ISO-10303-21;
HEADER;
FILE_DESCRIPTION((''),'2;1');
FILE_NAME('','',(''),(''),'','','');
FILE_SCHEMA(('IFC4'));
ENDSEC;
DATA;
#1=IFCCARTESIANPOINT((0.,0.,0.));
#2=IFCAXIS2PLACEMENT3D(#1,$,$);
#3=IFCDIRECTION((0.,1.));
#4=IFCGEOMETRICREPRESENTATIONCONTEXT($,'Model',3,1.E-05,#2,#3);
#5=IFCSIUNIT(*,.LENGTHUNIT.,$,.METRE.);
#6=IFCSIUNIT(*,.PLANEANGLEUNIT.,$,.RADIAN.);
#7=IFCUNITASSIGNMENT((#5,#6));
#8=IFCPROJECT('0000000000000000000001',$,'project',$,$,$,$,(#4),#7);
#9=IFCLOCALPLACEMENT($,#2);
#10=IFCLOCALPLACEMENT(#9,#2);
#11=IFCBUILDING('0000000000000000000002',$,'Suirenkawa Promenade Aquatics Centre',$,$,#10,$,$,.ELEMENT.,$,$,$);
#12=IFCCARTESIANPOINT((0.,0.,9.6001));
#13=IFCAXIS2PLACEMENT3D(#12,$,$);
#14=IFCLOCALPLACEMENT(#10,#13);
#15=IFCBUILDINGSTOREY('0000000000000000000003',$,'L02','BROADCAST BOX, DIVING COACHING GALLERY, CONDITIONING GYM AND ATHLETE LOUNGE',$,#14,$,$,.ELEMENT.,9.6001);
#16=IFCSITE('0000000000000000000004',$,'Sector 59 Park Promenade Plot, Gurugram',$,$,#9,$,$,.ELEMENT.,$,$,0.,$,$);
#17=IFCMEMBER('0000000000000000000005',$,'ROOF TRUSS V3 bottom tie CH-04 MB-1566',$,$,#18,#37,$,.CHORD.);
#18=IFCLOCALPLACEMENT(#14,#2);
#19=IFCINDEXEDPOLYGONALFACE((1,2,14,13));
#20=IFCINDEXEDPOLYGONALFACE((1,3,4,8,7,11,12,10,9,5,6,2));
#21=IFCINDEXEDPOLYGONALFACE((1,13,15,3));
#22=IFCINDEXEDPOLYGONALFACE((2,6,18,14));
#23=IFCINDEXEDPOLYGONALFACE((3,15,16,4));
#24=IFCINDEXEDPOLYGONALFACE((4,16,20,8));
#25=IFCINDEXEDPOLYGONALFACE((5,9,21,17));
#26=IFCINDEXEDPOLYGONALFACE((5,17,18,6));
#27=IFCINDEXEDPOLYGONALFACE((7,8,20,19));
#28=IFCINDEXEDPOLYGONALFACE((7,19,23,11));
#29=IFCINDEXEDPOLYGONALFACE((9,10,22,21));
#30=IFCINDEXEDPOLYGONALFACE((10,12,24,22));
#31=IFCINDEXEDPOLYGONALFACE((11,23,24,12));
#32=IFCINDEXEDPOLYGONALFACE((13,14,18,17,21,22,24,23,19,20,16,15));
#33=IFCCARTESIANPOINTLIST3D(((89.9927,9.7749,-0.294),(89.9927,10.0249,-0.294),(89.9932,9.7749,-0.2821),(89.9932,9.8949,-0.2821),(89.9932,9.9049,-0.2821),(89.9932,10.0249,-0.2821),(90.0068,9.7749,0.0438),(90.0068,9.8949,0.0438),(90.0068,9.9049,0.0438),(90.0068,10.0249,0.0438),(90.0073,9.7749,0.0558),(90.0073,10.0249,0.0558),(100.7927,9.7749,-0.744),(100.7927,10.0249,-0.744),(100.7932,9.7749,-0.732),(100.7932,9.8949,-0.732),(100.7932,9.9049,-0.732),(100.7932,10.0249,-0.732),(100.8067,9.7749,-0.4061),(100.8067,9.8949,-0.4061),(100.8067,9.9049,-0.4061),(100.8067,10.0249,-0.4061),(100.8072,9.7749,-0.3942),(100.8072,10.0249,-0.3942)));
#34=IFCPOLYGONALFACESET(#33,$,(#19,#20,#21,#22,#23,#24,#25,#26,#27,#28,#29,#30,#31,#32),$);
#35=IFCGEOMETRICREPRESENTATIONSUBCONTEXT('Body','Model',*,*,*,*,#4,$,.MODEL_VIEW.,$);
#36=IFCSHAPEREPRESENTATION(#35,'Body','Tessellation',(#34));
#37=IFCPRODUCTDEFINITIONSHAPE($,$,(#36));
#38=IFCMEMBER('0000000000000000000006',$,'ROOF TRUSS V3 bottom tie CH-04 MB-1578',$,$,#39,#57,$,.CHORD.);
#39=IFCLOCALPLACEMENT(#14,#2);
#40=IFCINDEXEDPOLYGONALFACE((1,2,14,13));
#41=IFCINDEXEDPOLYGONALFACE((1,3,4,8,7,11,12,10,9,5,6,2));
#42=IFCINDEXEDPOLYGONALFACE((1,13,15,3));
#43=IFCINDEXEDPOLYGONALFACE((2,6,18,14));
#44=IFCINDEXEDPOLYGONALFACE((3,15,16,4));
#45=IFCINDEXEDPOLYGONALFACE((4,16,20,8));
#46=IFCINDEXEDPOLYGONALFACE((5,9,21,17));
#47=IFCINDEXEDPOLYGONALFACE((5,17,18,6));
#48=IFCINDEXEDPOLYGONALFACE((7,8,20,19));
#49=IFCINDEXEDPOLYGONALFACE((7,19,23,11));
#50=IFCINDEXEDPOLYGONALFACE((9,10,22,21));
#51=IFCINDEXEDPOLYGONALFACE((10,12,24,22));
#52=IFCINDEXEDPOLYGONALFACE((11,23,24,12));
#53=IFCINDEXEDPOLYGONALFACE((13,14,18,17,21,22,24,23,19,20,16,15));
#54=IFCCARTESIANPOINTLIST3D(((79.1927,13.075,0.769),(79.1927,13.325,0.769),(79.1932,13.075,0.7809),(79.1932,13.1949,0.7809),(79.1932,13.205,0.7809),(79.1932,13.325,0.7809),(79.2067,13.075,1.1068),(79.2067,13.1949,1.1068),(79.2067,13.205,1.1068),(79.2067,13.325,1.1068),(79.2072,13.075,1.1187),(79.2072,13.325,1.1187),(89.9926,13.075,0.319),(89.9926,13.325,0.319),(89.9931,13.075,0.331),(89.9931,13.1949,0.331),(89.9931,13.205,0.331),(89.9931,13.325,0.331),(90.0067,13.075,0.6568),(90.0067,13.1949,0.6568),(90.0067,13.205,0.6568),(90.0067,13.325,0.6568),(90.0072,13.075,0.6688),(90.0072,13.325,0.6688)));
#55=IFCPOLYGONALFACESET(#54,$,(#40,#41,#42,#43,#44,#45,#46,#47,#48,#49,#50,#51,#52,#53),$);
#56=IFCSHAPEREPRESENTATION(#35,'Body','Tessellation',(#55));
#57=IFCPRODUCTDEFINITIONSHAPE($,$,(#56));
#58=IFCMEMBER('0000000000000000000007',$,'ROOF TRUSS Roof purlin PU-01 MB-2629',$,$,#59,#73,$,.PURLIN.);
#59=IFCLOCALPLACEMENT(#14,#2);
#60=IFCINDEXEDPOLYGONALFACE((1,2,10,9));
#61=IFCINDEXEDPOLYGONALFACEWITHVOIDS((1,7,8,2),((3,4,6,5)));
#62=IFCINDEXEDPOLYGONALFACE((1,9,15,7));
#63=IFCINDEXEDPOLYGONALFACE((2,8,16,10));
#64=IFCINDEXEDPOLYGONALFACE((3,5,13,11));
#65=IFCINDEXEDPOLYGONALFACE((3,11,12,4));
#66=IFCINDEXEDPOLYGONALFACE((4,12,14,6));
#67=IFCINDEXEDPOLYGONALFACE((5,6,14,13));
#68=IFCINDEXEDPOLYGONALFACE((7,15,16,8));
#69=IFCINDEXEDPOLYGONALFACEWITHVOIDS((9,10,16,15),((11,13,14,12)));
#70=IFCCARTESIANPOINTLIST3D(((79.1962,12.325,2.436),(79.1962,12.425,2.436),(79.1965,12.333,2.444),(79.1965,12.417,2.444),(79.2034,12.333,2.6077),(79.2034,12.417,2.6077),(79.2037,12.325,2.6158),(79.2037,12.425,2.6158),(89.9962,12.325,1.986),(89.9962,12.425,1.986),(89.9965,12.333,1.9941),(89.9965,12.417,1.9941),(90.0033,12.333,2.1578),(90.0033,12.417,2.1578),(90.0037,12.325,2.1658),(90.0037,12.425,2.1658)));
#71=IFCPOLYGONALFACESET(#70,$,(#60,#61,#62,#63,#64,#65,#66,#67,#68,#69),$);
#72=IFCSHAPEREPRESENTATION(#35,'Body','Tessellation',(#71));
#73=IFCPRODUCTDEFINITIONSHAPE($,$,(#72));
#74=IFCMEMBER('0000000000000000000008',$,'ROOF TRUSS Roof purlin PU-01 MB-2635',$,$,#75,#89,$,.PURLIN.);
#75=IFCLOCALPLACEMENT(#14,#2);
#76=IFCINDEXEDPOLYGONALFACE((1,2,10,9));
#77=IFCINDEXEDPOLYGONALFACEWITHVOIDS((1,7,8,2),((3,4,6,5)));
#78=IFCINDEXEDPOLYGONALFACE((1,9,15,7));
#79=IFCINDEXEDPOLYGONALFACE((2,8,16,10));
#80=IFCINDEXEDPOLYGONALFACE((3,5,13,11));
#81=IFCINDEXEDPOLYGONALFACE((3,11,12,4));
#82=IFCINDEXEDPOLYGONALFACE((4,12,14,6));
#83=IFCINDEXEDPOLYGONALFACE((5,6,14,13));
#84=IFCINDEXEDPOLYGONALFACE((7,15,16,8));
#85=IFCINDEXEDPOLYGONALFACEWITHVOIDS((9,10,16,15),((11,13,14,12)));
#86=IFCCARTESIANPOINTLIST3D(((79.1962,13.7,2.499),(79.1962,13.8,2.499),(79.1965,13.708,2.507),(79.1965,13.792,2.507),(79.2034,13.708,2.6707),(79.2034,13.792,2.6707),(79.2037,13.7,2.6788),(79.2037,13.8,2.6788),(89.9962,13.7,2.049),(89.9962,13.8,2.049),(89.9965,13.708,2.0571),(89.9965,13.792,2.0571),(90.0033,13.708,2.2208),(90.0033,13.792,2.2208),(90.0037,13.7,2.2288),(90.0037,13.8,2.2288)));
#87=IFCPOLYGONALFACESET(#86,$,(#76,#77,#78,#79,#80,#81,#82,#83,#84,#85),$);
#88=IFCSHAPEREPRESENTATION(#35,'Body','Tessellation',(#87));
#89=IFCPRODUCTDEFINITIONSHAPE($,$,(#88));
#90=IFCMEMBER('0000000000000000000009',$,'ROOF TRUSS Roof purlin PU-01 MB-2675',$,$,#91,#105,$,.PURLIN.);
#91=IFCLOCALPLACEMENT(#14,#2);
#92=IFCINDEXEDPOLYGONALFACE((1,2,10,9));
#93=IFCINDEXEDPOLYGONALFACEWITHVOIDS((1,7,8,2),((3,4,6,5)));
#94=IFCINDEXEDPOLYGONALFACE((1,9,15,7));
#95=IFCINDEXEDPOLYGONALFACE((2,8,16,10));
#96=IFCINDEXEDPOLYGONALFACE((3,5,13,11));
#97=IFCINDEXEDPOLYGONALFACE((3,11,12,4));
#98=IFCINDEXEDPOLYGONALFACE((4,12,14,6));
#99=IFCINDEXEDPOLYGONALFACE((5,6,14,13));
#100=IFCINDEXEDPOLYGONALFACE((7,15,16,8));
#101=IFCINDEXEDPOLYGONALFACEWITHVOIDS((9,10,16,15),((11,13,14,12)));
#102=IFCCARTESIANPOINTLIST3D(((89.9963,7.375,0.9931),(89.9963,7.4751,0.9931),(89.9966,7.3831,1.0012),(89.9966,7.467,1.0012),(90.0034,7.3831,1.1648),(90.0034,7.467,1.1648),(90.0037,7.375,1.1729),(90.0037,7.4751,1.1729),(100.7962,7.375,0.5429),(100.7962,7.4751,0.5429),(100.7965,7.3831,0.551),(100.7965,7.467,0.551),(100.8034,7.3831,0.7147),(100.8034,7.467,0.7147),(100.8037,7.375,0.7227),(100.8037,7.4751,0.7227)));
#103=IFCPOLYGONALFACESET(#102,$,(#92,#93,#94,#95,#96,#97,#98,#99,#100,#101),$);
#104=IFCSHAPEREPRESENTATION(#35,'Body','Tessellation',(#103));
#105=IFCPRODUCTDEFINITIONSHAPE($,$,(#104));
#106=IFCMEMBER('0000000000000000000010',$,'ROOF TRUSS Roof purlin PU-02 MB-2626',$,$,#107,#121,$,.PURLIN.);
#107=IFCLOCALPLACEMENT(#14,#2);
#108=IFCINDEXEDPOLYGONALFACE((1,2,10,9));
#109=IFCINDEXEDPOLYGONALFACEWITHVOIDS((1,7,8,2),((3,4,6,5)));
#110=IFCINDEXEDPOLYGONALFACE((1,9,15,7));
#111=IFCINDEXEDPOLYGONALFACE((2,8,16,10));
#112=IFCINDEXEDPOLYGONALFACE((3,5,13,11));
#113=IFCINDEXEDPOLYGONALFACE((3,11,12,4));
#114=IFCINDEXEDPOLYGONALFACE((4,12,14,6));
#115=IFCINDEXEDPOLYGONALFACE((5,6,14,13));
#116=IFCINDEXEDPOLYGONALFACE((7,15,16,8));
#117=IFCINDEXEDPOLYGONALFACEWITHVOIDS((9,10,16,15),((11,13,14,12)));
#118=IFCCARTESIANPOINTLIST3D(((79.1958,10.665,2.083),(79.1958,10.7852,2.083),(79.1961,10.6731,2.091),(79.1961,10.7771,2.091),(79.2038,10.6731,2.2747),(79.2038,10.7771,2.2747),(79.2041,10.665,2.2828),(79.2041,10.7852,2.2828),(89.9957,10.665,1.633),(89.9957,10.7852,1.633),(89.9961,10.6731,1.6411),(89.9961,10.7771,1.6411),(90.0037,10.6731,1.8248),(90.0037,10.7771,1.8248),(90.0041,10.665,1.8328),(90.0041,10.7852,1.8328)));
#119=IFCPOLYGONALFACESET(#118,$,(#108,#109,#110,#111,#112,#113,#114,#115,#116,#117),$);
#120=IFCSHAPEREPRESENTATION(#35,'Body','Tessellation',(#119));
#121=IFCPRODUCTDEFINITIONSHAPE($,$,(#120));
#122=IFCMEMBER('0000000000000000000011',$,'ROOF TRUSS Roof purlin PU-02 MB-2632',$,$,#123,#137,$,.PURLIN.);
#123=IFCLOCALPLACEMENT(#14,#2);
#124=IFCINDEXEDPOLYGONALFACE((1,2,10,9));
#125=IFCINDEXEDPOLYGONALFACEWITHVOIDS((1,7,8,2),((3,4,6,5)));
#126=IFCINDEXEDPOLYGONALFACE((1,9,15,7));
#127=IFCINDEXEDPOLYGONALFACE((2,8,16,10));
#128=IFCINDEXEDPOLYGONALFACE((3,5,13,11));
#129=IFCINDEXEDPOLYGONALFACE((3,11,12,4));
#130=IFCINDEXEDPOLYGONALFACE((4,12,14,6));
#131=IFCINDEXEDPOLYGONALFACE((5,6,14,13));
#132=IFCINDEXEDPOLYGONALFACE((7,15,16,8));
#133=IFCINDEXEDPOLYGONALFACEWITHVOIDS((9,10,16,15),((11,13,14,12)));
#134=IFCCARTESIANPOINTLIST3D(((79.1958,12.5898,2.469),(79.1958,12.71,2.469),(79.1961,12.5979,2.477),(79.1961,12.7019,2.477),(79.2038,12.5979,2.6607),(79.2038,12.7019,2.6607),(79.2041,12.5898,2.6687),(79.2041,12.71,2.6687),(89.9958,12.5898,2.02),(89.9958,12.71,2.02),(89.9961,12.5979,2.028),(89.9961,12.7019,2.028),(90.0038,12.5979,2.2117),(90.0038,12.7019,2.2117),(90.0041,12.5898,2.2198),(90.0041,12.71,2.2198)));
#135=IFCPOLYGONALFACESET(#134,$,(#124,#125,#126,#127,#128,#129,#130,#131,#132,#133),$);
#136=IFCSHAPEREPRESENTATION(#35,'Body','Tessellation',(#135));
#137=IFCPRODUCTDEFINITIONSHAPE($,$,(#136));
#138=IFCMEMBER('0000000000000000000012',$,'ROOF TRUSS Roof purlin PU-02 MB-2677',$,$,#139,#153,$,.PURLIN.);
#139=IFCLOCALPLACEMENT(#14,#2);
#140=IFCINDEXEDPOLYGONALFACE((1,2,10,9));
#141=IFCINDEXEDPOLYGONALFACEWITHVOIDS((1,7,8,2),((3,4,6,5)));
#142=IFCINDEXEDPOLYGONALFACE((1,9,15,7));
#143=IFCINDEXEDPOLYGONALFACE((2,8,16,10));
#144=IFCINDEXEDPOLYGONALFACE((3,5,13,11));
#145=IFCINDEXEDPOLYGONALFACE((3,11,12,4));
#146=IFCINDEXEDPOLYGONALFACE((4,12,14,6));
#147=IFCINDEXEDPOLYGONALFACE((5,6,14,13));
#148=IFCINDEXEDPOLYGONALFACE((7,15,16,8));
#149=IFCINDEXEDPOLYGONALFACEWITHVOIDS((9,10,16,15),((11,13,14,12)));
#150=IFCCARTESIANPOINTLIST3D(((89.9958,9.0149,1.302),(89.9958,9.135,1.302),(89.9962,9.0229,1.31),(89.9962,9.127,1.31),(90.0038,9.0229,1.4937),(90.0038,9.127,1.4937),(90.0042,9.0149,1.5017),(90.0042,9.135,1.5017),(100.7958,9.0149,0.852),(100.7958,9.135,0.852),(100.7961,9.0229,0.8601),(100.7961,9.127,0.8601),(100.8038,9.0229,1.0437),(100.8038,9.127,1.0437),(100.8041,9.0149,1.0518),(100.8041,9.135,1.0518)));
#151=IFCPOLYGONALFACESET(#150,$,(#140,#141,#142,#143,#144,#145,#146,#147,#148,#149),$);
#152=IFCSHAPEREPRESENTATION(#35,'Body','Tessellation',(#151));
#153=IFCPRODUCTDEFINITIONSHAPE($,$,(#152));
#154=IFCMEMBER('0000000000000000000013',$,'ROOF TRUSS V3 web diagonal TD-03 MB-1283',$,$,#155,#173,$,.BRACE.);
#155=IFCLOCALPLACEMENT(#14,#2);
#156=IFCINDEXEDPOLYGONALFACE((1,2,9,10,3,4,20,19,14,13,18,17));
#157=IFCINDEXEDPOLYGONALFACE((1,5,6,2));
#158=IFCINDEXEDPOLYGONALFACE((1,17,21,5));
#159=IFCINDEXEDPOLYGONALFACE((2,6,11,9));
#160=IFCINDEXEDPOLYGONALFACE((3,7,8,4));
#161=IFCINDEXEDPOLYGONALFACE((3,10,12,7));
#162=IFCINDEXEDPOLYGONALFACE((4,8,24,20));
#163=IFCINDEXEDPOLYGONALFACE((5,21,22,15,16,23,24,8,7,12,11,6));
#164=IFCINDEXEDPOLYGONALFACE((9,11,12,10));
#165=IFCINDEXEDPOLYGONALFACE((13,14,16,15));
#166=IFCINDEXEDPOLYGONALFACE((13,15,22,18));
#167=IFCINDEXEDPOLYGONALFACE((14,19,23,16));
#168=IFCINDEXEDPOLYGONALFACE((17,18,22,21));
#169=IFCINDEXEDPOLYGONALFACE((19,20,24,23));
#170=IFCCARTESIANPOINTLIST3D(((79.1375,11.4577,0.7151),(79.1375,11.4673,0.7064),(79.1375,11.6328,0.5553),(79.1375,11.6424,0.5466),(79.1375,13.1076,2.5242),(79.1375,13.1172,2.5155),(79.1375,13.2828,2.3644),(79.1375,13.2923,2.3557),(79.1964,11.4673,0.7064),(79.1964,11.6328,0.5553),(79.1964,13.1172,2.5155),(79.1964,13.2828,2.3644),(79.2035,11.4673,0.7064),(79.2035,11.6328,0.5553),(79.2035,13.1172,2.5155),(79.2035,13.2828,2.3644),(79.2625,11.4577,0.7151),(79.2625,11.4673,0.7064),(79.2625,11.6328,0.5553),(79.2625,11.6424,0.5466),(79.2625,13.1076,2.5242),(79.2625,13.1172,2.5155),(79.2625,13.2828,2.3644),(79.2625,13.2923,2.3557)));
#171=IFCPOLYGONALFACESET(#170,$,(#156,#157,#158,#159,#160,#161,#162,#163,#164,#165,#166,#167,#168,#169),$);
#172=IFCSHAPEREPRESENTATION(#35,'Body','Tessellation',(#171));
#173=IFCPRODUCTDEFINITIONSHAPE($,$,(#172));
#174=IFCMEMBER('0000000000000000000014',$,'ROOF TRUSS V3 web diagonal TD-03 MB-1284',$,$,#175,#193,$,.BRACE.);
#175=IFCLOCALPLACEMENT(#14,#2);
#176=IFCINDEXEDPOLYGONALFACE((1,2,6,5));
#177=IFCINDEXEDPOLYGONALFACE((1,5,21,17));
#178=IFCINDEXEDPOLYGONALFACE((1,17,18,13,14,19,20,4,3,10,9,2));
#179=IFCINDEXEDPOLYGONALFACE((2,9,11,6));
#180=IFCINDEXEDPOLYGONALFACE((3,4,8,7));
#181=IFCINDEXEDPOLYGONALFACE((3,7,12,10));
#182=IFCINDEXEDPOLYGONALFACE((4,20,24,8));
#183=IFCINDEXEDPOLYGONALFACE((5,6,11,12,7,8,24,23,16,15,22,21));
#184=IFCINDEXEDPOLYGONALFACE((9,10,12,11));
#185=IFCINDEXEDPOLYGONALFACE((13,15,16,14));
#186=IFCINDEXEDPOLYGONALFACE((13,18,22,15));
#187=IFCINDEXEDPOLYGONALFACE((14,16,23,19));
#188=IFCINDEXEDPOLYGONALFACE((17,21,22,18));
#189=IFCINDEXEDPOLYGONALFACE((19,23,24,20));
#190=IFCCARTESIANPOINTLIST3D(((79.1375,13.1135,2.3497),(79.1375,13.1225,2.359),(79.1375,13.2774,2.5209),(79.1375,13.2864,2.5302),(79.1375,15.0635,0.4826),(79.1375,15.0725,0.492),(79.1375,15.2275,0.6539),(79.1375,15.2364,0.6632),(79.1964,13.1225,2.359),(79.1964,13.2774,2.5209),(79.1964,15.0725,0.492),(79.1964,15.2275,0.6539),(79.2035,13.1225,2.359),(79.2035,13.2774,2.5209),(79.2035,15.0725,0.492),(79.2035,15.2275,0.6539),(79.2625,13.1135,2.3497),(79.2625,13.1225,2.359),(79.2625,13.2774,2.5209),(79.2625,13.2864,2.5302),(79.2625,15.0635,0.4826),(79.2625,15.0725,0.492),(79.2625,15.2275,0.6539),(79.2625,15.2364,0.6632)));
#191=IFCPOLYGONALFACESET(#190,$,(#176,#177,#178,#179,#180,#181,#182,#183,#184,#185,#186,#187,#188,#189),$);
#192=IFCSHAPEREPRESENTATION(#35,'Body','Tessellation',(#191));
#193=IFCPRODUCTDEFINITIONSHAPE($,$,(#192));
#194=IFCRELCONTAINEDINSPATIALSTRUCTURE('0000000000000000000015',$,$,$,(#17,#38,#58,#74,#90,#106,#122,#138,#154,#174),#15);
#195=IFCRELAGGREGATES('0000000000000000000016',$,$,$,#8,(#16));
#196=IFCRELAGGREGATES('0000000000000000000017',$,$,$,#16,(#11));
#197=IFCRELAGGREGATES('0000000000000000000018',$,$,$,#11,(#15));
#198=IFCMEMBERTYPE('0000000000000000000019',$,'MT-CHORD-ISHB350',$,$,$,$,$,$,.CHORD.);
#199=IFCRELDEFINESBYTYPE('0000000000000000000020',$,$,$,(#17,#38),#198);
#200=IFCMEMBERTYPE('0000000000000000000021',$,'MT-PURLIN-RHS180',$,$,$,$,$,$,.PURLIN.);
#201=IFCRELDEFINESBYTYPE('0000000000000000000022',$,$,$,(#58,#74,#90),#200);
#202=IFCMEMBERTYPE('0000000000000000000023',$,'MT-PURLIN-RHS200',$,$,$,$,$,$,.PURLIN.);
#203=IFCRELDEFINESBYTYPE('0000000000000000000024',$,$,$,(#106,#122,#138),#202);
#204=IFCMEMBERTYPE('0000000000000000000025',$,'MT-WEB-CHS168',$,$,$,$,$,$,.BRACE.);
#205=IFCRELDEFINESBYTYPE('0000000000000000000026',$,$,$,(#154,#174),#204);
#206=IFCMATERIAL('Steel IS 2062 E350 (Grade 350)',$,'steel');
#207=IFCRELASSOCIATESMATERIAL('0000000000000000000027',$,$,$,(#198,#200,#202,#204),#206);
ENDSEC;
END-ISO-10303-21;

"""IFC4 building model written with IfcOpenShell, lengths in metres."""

from ifc_helpers import new_model, si_unit, direction, frame, origin, origin_2d, place, context, subcontext, project, spatial, hollow_rectangle, i_section, extrude, material, material_profile, profile_set, type_object, element, save


model = new_model("IFC4")

# Units and contexts
model_context = context("Model", 3, precision=1e-05, world=origin(), true_north=direction((0.0, 1.0)))
body_context = subcontext(model_context, "Body", "Model", "MODEL_VIEW")
ifc_project = project(units=[si_unit("LENGTHUNIT", "METRE"), si_unit("PLANEANGLEUNIT", "RADIAN")], contexts=[model_context])

# Site, building, storey
site_placement = place(None, origin())
site = spatial("IfcSite", under=ifc_project, at=site_placement, Name="Sector 59 Park Promenade Plot, Gurugram", CompositionType="ELEMENT", RefElevation=0.0)
building_placement = place(site_placement, origin())
building = spatial("IfcBuilding", under=site, at=building_placement, Name="Suirenkawa Promenade Aquatics Centre", CompositionType="ELEMENT")
storey_placement = place(building_placement, frame((0.0, 0.0, 9.6001)))
storey = spatial("IfcBuildingStorey", under=building, at=storey_placement, Name="L02", Description="BROADCAST BOX, DIVING COACHING GALLERY, CONDITIONING GYM AND ATHLETE LOUNGE", CompositionType="ELEMENT", Elevation=9.6001)

# Shared definitions
ifc_material_1 = material(Name="Steel IS 2062 E350 (Grade 350)", Category="steel")

# Members
ifc_material_profile_1 = material_profile(ifc_material_1, i_section(OverallWidth=0.25, OverallDepth=0.3501, WebThickness=0.01, FlangeThickness=0.012, at=origin_2d()), Name="ISHB 350", Category="steel")
ifc_profile_set_1 = profile_set([ifc_material_profile_1], Name="Steel IS 2062 E350 (Grade 350)")
member_type_1 = type_object("IfcMemberType", Name="MT-CHORD-ISHB350", PredefinedType="CHORD", material=ifc_profile_set_1)
for number, where, z_axis, x_axis, name in (
    (1, (90.0, 9.8999, -0.1191), (0.999133, 0.0, -0.041626), (0.0, 1.0, 0.0), "ROOF TRUSS V3 bottom tie CH-04 MB-1566"),
    (2, (79.2, 13.2, 0.9438), (0.999133, 0.0, -0.041626), (0.0, 1.0, 0.0), "ROOF TRUSS V3 bottom tie CH-04 MB-1578"),
):
    element("IfcMember", number, at=place(storey_placement, frame(where, z_axis=z_axis, x_axis=x_axis)), inside=storey, type_object=member_type_1, Name=name, PredefinedType="CHORD", context=body_context, shape_type="SweptSolid", body=[
        extrude(i_section(OverallWidth=0.25, OverallDepth=0.3501, WebThickness=0.01, FlangeThickness=0.012, at=origin_2d()), origin(), (0.0, 0.0, 1.0), 10.8093),
    ])
ifc_material_profile_2 = material_profile(ifc_material_1, hollow_rectangle(XDim=0.1001, YDim=0.1799, WallThickness=0.0081, at=origin_2d()), Name="RHS 180x100x8", Category="steel")
ifc_profile_set_2 = profile_set([ifc_material_profile_2], Name="Steel IS 2062 E350 (Grade 350)")
member_type_2 = type_object("IfcMemberType", Name="MT-PURLIN-RHS180", PredefinedType="PURLIN", material=ifc_profile_set_2)
for number, where, z_axis, x_axis, name in (
    (3, (79.2, 12.375, 2.5259), (0.999133, 0.0, -0.041626), (0.0, 1.0, 0.0), "ROOF TRUSS Roof purlin PU-01 MB-2629"),
    (4, (79.2, 13.75, 2.5889), (0.999133, 0.0, -0.041626), (0.0, 1.0, 0.0), "ROOF TRUSS Roof purlin PU-01 MB-2635"),
    (5, (90.0, 7.425, 1.083), (0.999132, 0.0, -0.041648), (0.0, 1.0, 0.0), "ROOF TRUSS Roof purlin PU-01 MB-2675"),
):
    element("IfcMember", number, at=place(storey_placement, frame(where, z_axis=z_axis, x_axis=x_axis)), inside=storey, type_object=member_type_2, Name=name, PredefinedType="PURLIN", context=body_context, shape_type="SweptSolid", body=[
        extrude(hollow_rectangle(XDim=0.1001, YDim=0.1799, WallThickness=0.0081, at=origin_2d()), origin(), (0.0, 0.0, 1.0), 10.8093),
    ])
ifc_material_profile_3 = material_profile(ifc_material_1, hollow_rectangle(XDim=0.1201, YDim=0.2, WallThickness=0.0081, at=origin_2d()), Name="RHS 200x120x8", Category="steel")
ifc_profile_set_3 = profile_set([ifc_material_profile_3], Name="Steel IS 2062 E350 (Grade 350)")
member_type_3 = type_object("IfcMemberType", Name="MT-PURLIN-RHS200", PredefinedType="PURLIN", material=ifc_profile_set_3)
for number, where, z_axis, x_axis, name in (
    (6, (79.2, 10.7251, 2.1829), (0.999133, 0.0, -0.041626), (0.0, 1.0, 0.0), "ROOF TRUSS Roof purlin PU-02 MB-2626"),
    (7, (79.2, 12.6499, 2.5688), (0.999137, 0.0, -0.041536), (0.0, 1.0, 0.0), "ROOF TRUSS Roof purlin PU-02 MB-2632"),
    (8, (90.0, 9.075, 1.4019), (0.999133, 0.0, -0.041626), (0.0, 1.0, 0.0), "ROOF TRUSS Roof purlin PU-02 MB-2677"),
):
    element("IfcMember", number, at=place(storey_placement, frame(where, z_axis=z_axis, x_axis=x_axis)), inside=storey, type_object=member_type_3, Name=name, PredefinedType="PURLIN", context=body_context, shape_type="SweptSolid", body=[
        extrude(hollow_rectangle(XDim=0.1201, YDim=0.2, WallThickness=0.0081, at=origin_2d()), origin(), (0.0, 0.0, 1.0), 10.8093),
    ])
ifc_material_profile_4 = material_profile(ifc_material_1, i_section(OverallWidth=0.125, OverallDepth=0.25, WebThickness=0.0071, FlangeThickness=0.0129, at=origin_2d()), Name="ISMB 250", Category="steel")
ifc_profile_set_4 = profile_set([ifc_material_profile_4], Name="Steel IS 2062 E350 (Grade 350)")
member_type_4 = type_object("IfcMemberType", Name="MT-WEB-CHS168", PredefinedType="BRACE", material=ifc_profile_set_4)
member_1_placement = place(storey_placement, frame((79.2, 11.55, 0.6309), z_axis=(0.0, 0.673853, 0.738865), x_axis=(-1.0, 0.0, 0.0)))
element("IfcMember", 9, at=member_1_placement, inside=storey, type_object=member_type_4, Name="ROOF TRUSS V3 web diagonal TD-03 MB-1283", PredefinedType="BRACE", context=body_context, shape_type="SweptSolid", body=[
    extrude(i_section(OverallWidth=0.125, OverallDepth=0.25, WebThickness=0.0071, FlangeThickness=0.0129, at=origin_2d()), origin(), (0.0, 0.0, 1.0), 2.4485),
])
member_2_placement = place(storey_placement, frame((79.2, 13.2, 2.4399), z_axis=(0.0, 0.722314, -0.691565), x_axis=(-1.0, 0.0, 0.0)))
element("IfcMember", 10, at=member_2_placement, inside=storey, type_object=member_type_4, Name="ROOF TRUSS V3 web diagonal TD-03 MB-1284", PredefinedType="BRACE", context=body_context, shape_type="SweptSolid", body=[
    extrude(i_section(OverallWidth=0.125, OverallDepth=0.25, WebThickness=0.0071, FlangeThickness=0.0129, at=origin_2d()), origin(), (0.0, 0.0, 1.0), 2.6997),
])

save(model, "model.ifc")
